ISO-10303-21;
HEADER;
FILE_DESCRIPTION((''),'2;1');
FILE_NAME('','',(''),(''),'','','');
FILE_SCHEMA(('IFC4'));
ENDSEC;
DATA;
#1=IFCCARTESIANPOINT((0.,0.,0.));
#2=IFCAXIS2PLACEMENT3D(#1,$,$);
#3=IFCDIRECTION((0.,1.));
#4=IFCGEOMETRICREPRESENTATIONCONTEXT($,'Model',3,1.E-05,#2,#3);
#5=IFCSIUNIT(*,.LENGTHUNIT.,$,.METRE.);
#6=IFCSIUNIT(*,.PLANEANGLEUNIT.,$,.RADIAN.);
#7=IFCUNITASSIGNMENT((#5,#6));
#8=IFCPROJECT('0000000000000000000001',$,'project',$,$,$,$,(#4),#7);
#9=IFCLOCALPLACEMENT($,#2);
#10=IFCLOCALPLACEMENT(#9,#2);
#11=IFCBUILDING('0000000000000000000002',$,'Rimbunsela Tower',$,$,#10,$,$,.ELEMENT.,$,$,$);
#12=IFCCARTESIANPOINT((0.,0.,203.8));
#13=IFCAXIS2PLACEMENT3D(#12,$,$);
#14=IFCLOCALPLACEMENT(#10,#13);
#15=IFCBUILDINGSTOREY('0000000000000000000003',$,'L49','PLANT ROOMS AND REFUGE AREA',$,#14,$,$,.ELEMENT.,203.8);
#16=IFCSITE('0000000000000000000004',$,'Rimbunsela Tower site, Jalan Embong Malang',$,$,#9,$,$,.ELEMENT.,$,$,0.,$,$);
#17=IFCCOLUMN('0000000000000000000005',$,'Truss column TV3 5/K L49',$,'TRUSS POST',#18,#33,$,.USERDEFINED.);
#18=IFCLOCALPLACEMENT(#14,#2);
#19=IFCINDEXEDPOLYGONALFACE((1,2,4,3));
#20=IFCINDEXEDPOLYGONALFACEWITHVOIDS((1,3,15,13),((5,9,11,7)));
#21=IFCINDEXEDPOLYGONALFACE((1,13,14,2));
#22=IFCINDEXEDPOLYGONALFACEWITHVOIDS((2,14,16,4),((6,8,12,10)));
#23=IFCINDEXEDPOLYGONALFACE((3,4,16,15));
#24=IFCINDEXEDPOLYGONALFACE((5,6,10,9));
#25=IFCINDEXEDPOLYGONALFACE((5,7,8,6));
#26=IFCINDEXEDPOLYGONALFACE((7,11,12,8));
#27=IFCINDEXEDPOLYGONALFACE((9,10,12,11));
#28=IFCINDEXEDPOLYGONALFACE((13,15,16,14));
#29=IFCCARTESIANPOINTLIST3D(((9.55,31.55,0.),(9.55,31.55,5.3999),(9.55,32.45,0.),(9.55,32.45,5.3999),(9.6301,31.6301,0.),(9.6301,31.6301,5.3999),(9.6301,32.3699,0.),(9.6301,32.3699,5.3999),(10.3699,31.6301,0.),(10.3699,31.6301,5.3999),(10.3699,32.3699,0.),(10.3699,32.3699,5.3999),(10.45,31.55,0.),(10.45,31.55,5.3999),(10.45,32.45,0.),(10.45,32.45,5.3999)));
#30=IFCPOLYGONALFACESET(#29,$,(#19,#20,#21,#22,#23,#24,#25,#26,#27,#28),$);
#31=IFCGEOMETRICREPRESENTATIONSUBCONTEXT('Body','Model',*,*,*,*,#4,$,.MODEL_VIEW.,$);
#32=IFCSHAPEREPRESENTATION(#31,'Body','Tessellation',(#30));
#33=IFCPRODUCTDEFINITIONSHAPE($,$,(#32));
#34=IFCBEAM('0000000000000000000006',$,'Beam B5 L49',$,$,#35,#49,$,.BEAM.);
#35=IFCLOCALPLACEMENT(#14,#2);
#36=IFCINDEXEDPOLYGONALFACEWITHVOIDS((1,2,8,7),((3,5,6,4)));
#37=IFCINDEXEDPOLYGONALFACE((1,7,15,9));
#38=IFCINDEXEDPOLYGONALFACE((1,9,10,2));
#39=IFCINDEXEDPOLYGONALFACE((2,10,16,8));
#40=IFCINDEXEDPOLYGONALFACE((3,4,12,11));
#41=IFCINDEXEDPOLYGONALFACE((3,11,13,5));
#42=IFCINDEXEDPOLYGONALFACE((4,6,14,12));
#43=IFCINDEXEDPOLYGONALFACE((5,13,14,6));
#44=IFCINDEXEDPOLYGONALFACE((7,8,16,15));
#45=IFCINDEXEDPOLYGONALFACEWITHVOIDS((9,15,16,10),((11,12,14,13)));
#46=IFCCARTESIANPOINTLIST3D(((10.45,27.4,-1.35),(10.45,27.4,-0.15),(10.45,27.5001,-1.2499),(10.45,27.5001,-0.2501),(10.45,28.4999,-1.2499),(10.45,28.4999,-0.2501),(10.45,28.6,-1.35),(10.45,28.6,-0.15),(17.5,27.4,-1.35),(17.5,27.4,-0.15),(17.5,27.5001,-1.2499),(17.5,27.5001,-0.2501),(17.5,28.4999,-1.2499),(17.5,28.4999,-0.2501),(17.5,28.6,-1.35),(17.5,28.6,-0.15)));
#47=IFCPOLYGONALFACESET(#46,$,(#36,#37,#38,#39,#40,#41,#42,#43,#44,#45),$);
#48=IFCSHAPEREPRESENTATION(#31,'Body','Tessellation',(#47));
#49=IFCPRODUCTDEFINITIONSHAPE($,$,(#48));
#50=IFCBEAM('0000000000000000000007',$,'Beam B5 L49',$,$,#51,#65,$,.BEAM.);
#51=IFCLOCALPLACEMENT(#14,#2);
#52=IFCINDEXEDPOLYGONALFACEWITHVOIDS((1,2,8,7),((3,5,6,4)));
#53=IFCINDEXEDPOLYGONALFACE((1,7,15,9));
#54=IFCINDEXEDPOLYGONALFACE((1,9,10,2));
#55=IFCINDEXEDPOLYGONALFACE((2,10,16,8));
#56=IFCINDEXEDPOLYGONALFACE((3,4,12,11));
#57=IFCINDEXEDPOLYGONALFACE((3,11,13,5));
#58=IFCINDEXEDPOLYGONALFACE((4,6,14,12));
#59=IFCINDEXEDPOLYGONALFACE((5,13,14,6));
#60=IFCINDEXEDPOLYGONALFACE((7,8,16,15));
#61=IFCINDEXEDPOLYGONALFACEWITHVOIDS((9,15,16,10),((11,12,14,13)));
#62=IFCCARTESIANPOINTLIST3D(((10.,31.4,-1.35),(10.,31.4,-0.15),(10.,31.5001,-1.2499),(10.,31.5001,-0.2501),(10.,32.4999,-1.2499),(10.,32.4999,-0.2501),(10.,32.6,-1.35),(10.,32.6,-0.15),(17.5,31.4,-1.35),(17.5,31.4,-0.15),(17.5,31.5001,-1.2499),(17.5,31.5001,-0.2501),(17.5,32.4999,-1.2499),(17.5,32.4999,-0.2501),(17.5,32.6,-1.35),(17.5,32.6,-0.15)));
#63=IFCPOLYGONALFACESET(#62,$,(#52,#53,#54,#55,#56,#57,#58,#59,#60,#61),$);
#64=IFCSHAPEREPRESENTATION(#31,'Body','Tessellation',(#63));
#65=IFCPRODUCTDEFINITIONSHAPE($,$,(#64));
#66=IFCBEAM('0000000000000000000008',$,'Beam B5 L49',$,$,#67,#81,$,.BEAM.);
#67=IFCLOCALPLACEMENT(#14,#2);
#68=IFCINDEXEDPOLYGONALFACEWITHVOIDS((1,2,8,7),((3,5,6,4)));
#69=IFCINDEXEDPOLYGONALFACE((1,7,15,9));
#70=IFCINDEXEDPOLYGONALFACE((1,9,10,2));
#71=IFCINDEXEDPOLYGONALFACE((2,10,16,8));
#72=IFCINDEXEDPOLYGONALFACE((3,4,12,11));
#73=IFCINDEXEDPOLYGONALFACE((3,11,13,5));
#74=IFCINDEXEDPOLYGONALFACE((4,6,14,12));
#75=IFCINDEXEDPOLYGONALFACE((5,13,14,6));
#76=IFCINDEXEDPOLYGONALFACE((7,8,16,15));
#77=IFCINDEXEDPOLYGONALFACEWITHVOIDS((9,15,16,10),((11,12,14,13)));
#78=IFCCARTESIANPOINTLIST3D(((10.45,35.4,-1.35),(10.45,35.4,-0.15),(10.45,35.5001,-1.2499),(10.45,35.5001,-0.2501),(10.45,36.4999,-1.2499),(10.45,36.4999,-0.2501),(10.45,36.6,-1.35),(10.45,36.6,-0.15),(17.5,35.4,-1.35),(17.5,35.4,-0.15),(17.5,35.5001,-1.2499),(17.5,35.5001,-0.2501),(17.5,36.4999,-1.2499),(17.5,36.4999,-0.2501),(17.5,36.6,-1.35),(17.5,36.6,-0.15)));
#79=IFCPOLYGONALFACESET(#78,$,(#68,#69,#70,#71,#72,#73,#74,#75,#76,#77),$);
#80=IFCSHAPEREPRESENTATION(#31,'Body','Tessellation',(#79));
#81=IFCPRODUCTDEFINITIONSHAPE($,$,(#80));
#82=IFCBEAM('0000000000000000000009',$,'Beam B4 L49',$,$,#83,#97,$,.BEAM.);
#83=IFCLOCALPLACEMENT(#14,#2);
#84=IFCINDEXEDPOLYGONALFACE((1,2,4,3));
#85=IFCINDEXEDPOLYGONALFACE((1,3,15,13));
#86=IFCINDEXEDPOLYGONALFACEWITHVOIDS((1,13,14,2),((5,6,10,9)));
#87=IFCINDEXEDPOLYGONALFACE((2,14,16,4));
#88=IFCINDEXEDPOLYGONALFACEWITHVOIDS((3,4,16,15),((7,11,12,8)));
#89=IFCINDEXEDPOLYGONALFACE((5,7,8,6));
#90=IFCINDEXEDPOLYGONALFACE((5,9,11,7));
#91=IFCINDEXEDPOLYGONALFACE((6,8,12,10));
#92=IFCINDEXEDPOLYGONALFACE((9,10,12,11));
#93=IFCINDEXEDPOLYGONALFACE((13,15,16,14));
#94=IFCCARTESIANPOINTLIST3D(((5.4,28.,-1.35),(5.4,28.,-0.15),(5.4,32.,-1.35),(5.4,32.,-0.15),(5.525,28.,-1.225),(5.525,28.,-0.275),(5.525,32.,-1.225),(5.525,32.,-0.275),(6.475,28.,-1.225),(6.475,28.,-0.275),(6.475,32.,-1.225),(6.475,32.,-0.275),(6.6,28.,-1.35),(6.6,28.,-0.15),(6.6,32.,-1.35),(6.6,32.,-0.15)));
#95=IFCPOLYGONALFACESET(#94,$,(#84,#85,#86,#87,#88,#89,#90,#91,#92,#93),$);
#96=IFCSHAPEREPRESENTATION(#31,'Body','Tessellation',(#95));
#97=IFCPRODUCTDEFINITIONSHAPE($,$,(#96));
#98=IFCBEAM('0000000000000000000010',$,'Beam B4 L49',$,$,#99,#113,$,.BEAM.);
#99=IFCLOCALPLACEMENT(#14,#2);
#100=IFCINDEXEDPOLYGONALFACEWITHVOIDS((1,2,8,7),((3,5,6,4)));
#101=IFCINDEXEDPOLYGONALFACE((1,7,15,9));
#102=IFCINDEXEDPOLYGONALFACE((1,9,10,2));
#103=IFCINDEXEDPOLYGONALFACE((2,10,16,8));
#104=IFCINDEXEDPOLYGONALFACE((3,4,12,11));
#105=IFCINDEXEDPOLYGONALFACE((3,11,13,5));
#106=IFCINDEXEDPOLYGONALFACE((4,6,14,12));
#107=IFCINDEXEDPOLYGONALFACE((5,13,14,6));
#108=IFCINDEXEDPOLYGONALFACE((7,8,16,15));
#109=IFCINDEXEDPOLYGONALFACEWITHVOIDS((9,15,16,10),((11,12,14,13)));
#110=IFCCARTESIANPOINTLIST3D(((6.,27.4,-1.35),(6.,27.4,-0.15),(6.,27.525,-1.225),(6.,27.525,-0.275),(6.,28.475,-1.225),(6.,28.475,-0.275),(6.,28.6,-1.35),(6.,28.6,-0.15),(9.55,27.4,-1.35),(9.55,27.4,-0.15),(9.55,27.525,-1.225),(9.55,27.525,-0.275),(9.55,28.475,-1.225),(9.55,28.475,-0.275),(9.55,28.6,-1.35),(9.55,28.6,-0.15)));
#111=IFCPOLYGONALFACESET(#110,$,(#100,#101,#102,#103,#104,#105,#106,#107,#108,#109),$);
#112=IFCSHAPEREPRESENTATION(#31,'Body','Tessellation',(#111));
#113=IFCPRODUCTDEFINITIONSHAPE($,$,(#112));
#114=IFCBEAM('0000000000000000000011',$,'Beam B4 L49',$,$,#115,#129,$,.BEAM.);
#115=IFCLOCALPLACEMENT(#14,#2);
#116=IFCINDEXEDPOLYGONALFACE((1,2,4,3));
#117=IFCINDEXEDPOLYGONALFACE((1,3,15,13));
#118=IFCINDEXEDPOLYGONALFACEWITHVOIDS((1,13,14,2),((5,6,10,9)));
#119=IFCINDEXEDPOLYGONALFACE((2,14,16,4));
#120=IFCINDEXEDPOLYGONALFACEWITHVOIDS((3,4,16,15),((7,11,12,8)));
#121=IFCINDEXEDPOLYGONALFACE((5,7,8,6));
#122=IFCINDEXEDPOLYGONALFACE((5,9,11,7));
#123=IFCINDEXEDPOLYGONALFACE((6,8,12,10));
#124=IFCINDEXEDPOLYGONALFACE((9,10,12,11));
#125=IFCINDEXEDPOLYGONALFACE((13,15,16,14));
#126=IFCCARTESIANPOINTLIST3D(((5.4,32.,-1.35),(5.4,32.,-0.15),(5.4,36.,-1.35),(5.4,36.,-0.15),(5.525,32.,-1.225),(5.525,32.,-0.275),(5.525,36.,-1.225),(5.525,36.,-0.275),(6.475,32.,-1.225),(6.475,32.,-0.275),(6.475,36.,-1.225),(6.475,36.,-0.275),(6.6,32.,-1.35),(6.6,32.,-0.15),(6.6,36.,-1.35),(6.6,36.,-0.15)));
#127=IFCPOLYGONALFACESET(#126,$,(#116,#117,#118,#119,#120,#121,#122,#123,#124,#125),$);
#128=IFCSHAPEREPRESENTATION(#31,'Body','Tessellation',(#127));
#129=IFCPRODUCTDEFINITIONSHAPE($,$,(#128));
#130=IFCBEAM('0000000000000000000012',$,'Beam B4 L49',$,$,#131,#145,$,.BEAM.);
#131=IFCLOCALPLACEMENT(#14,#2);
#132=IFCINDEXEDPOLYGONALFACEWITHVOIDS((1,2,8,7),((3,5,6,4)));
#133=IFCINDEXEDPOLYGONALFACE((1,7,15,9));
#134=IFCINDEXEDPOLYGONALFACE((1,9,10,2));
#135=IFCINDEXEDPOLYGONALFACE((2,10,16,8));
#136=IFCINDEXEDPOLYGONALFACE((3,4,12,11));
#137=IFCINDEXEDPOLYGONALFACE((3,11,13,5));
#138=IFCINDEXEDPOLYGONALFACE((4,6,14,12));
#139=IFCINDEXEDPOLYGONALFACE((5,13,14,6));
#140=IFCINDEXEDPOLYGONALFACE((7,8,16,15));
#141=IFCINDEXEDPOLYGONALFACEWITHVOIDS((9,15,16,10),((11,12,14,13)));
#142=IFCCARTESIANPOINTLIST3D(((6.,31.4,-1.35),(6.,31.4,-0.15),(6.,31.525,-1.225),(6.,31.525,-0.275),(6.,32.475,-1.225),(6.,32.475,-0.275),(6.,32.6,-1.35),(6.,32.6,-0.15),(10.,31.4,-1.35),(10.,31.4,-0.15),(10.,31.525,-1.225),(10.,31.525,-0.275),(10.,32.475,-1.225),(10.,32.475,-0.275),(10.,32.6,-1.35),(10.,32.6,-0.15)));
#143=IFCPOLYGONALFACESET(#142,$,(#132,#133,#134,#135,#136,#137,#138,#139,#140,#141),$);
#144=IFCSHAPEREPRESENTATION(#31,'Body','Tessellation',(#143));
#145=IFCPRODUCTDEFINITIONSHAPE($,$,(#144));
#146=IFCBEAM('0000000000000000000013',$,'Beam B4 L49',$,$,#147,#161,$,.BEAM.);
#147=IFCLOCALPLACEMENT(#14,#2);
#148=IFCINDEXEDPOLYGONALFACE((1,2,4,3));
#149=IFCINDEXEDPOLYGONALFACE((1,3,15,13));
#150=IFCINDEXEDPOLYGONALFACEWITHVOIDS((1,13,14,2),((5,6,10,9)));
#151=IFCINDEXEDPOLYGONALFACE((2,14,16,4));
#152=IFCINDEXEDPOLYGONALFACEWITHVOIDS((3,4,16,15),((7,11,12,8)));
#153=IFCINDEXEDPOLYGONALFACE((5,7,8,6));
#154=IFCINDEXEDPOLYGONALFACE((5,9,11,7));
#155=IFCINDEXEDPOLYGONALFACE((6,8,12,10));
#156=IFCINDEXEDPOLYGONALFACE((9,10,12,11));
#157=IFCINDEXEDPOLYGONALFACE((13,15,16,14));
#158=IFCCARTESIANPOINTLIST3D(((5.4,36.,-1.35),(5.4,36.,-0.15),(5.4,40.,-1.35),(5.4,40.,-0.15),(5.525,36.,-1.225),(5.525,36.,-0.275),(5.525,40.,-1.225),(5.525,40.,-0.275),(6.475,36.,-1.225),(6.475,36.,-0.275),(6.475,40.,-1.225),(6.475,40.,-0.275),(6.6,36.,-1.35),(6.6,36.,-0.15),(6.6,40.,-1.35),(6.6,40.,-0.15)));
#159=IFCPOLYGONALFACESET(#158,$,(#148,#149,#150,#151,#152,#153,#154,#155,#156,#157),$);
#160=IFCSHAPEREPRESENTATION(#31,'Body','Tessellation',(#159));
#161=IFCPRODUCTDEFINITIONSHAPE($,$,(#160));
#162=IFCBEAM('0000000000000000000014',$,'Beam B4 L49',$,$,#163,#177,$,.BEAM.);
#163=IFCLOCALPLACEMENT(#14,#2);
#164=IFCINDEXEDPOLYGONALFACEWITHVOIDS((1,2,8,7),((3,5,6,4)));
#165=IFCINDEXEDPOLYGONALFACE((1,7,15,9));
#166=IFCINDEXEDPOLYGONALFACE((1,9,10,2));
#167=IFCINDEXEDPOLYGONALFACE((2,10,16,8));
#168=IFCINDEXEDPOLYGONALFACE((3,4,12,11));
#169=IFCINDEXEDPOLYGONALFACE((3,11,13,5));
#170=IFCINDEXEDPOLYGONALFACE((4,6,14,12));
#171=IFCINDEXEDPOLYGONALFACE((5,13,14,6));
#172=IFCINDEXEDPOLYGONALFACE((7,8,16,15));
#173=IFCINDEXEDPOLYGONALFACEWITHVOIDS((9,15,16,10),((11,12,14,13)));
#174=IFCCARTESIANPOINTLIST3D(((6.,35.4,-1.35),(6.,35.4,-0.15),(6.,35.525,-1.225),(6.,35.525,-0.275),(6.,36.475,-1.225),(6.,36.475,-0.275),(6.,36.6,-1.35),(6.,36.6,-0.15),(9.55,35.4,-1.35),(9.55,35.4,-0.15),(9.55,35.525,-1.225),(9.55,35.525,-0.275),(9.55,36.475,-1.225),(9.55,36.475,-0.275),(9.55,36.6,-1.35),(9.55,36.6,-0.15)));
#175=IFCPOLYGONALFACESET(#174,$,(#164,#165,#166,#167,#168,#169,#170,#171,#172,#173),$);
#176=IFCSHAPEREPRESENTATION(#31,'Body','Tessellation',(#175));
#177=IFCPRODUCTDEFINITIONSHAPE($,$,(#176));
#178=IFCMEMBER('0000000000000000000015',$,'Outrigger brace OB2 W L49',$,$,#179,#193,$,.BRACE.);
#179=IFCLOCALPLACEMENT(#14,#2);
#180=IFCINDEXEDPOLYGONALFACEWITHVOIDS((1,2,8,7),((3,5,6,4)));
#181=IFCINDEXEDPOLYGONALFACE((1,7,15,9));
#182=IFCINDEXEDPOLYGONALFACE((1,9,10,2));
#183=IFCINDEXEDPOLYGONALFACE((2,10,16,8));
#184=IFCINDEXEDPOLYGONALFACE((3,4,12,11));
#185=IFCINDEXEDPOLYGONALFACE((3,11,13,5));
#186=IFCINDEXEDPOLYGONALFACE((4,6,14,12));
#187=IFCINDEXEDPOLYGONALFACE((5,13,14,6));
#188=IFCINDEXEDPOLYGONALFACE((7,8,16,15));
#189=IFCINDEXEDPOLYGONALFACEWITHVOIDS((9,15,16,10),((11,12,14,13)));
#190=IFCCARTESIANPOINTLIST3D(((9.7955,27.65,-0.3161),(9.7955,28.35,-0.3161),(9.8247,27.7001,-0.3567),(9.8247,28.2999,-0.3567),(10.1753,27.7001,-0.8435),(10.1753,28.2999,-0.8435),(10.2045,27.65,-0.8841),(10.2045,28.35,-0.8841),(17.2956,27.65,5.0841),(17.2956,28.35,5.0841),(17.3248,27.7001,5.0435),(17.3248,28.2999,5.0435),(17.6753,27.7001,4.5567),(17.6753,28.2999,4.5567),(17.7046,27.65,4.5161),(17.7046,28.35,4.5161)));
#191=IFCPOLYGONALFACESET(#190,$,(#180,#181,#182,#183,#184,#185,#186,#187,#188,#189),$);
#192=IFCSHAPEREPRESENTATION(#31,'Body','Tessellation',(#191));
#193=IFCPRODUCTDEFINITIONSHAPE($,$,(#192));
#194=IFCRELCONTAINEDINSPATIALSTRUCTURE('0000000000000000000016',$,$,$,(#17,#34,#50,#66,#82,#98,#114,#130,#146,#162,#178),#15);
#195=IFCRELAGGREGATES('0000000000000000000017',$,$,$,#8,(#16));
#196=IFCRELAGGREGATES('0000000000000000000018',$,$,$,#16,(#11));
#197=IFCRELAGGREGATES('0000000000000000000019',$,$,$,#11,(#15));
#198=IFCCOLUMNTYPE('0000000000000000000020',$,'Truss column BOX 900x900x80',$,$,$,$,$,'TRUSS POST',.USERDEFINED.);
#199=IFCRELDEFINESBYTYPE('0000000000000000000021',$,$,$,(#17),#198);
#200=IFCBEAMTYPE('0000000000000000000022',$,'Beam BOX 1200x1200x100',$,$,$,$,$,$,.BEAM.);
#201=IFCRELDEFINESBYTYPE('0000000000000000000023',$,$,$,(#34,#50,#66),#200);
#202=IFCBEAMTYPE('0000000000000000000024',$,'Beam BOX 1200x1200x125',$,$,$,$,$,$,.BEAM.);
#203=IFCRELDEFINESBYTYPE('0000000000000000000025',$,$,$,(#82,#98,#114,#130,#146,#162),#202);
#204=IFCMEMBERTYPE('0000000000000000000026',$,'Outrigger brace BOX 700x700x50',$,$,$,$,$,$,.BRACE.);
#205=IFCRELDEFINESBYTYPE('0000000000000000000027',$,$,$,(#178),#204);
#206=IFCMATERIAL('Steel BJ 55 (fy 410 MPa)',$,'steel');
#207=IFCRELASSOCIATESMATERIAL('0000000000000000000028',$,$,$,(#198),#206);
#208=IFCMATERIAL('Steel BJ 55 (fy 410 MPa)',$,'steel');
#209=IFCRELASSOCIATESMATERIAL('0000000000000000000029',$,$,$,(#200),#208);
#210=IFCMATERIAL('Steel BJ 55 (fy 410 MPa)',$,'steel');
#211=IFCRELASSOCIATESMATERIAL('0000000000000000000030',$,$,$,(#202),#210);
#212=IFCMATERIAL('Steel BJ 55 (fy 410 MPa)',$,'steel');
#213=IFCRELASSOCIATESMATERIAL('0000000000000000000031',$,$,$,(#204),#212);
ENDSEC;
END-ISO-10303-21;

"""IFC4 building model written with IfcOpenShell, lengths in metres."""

from ifc_helpers import new_model, si_unit, direction, frame, origin, origin_2d, place, context, subcontext, project, spatial, hollow_rectangle, extrude, material, material_profile, profile_set, type_object, element, save


model = new_model("IFC4")

# Units and contexts
model_context = context("Model", 3, precision=1e-05, world=origin(), true_north=direction((0.0, 1.0)))
body_context = subcontext(model_context, "Body", "Model", "MODEL_VIEW")
ifc_project = project(units=[si_unit("LENGTHUNIT", "METRE"), si_unit("PLANEANGLEUNIT", "RADIAN")], contexts=[model_context])

# Site, building, storey
site_placement = place(None, origin())
site = spatial("IfcSite", under=ifc_project, at=site_placement, Name="Rimbunsela Tower site, Jalan Embong Malang", CompositionType="ELEMENT", RefElevation=0.0)
building_placement = place(site_placement, origin())
building = spatial("IfcBuilding", under=site, at=building_placement, Name="Rimbunsela Tower", CompositionType="ELEMENT")
storey_placement = place(building_placement, frame((0.0, 0.0, 203.8)))
storey = spatial("IfcBuildingStorey", under=building, at=storey_placement, Name="L49", Description="PLANT ROOMS AND REFUGE AREA", CompositionType="ELEMENT", Elevation=203.8)

# Column
ifc_material_1 = material(Name="Steel BJ 55 (fy 410 MPa)", Category="steel")
ifc_material_profile_1 = material_profile(ifc_material_1, hollow_rectangle(XDim=0.8999, YDim=0.8999, WallThickness=0.0801, at=origin_2d()), Name="BOX 900x900x80")
ifc_profile_set_1 = profile_set([ifc_material_profile_1], Name="Steel BJ 55 (fy 410 MPa)")
column_type = type_object("IfcColumnType", Name="Truss column BOX 900x900x80", ElementType="TRUSS POST", PredefinedType="USERDEFINED", material=ifc_profile_set_1)
column_placement = place(storey_placement, frame((10.0, 32.0, 0.0), z_axis=(0.0, 0.0, 1.0), x_axis=(1.0, 0.0, 0.0)))
element("IfcColumn", 1, at=column_placement, inside=storey, type_object=column_type, Name="Truss column TV3 5/K L49", ObjectType="TRUSS POST", PredefinedType="USERDEFINED", context=body_context, shape_type="SweptSolid", body=[
    extrude(hollow_rectangle(XDim=0.8999, YDim=0.8999, WallThickness=0.0801, at=origin_2d()), origin(), (0.0, 0.0, 1.0), 5.3999),
])

# Beams
ifc_material_2 = material(Name="Steel BJ 55 (fy 410 MPa)", Category="steel")
ifc_material_profile_2 = material_profile(ifc_material_2, hollow_rectangle(XDim=1.2, YDim=1.2, WallThickness=0.1001, at=origin_2d()), Name="BOX 1200x1200x100")
ifc_profile_set_2 = profile_set([ifc_material_profile_2], Name="Steel BJ 55 (fy 410 MPa)")
beam_type_1 = type_object("IfcBeamType", Name="Beam BOX 1200x1200x100", PredefinedType="BEAM", material=ifc_profile_set_2)
beam_1_placement = place(storey_placement, frame((10.45, 28.0, -0.75), z_axis=(1.0, 0.0, 0.0), x_axis=(0.0, 1.0, 0.0)))
element("IfcBeam", 2, at=beam_1_placement, inside=storey, type_object=beam_type_1, Name="Beam B5 L49", PredefinedType="BEAM", context=body_context, shape_type="SweptSolid", body=[
    extrude(hollow_rectangle(XDim=1.2, YDim=1.2, WallThickness=0.1001, at=origin_2d()), origin(), (0.0, 0.0, 1.0), 7.05),
])
beam_2_placement = place(storey_placement, frame((10.0, 32.0, -0.75), z_axis=(1.0, 0.0, 0.0), x_axis=(0.0, 1.0, 0.0)))
element("IfcBeam", 3, at=beam_2_placement, inside=storey, type_object=beam_type_1, Name="Beam B5 L49", PredefinedType="BEAM", context=body_context, shape_type="SweptSolid", body=[
    extrude(hollow_rectangle(XDim=1.2, YDim=1.2, WallThickness=0.1001, at=origin_2d()), origin(), (0.0, 0.0, 1.0), 7.5),
])
beam_3_placement = place(storey_placement, frame((10.45, 36.0, -0.75), z_axis=(1.0, 0.0, 0.0), x_axis=(0.0, 1.0, 0.0)))
element("IfcBeam", 4, at=beam_3_placement, inside=storey, type_object=beam_type_1, Name="Beam B5 L49", PredefinedType="BEAM", context=body_context, shape_type="SweptSolid", body=[
    extrude(hollow_rectangle(XDim=1.2, YDim=1.2, WallThickness=0.1001, at=origin_2d()), origin(), (0.0, 0.0, 1.0), 7.05),
])
ifc_material_3 = material(Name="Steel BJ 55 (fy 410 MPa)", Category="steel")
ifc_material_profile_3 = material_profile(ifc_material_3, hollow_rectangle(XDim=1.2, YDim=1.2, WallThickness=0.125, at=origin_2d()), Name="BOX 1200x1200x125")
ifc_profile_set_3 = profile_set([ifc_material_profile_3], Name="Steel BJ 55 (fy 410 MPa)")
beam_type_2 = type_object("IfcBeamType", Name="Beam BOX 1200x1200x125", PredefinedType="BEAM", material=ifc_profile_set_3)
beam_4_placement = place(storey_placement, frame((6.0, 28.0, -0.75), z_axis=(0.0, 1.0, 0.0), x_axis=(-1.0, 0.0, 0.0)))
element("IfcBeam", 5, at=beam_4_placement, inside=storey, type_object=beam_type_2, Name="Beam B4 L49", PredefinedType="BEAM", context=body_context, shape_type="SweptSolid", body=[
    extrude(hollow_rectangle(XDim=1.2, YDim=1.2, WallThickness=0.125, at=origin_2d()), origin(), (0.0, 0.0, 1.0), 4.0),
])
beam_5_placement = place(storey_placement, frame((6.0, 28.0, -0.75), z_axis=(1.0, 0.0, 0.0), x_axis=(0.0, 1.0, 0.0)))
element("IfcBeam", 6, at=beam_5_placement, inside=storey, type_object=beam_type_2, Name="Beam B4 L49", PredefinedType="BEAM", context=body_context, shape_type="SweptSolid", body=[
    extrude(hollow_rectangle(XDim=1.2, YDim=1.2, WallThickness=0.125, at=origin_2d()), origin(), (0.0, 0.0, 1.0), 3.55),
])
for number, where, z_axis, x_axis, name in (
    (7, (6.0, 32.0, -0.75), (0.0, 1.0, 0.0), (-1.0, 0.0, 0.0), "Beam B4 L49"),
    (8, (6.0, 32.0, -0.75), (1.0, 0.0, 0.0), (0.0, 1.0, 0.0), "Beam B4 L49"),
    (9, (6.0, 36.0, -0.75), (0.0, 1.0, 0.0), (-1.0, 0.0, 0.0), "Beam B4 L49"),
):
    element("IfcBeam", number, at=place(storey_placement, frame(where, z_axis=z_axis, x_axis=x_axis)), inside=storey, type_object=beam_type_2, Name=name, PredefinedType="BEAM", context=body_context, shape_type="SweptSolid", body=[
        extrude(hollow_rectangle(XDim=1.2, YDim=1.2, WallThickness=0.125, at=origin_2d()), origin(), (0.0, 0.0, 1.0), 4.0),
    ])
beam_6_placement = place(storey_placement, frame((6.0, 36.0, -0.75), z_axis=(1.0, 0.0, 0.0), x_axis=(0.0, 1.0, 0.0)))
element("IfcBeam", 10, at=beam_6_placement, inside=storey, type_object=beam_type_2, Name="Beam B4 L49", PredefinedType="BEAM", context=body_context, shape_type="SweptSolid", body=[
    extrude(hollow_rectangle(XDim=1.2, YDim=1.2, WallThickness=0.125, at=origin_2d()), origin(), (0.0, 0.0, 1.0), 3.55),
])

# Member
ifc_material_4 = material(Name="Steel BJ 55 (fy 410 MPa)", Category="steel")
ifc_material_profile_4 = material_profile(ifc_material_4, hollow_rectangle(XDim=0.7, YDim=0.7, WallThickness=0.05, at=origin_2d()), Name="BOX 700x700x50")
ifc_profile_set_4 = profile_set([ifc_material_profile_4], Name="Steel BJ 55 (fy 410 MPa)")
member_type_1 = type_object("IfcMemberType", Name="Outrigger brace BOX 700x700x50", PredefinedType="BRACE", material=ifc_profile_set_4)
member_1_placement = place(storey_placement, frame((10.0, 28.0, -0.6001), z_axis=(0.811527, 0.0, 0.584315), x_axis=(0.0, 1.0, 0.0)))
element("IfcMember", 11, at=member_1_placement, inside=storey, type_object=member_type_1, Name="Outrigger brace OB2 W L49", PredefinedType="BRACE", context=body_context, shape_type="SweptSolid", body=[
    extrude(hollow_rectangle(XDim=0.7, YDim=0.7, WallThickness=0.05, at=origin_2d()), origin(), (0.0, 0.0, 1.0), 9.2419),
])

save(model, "model.ifc")
